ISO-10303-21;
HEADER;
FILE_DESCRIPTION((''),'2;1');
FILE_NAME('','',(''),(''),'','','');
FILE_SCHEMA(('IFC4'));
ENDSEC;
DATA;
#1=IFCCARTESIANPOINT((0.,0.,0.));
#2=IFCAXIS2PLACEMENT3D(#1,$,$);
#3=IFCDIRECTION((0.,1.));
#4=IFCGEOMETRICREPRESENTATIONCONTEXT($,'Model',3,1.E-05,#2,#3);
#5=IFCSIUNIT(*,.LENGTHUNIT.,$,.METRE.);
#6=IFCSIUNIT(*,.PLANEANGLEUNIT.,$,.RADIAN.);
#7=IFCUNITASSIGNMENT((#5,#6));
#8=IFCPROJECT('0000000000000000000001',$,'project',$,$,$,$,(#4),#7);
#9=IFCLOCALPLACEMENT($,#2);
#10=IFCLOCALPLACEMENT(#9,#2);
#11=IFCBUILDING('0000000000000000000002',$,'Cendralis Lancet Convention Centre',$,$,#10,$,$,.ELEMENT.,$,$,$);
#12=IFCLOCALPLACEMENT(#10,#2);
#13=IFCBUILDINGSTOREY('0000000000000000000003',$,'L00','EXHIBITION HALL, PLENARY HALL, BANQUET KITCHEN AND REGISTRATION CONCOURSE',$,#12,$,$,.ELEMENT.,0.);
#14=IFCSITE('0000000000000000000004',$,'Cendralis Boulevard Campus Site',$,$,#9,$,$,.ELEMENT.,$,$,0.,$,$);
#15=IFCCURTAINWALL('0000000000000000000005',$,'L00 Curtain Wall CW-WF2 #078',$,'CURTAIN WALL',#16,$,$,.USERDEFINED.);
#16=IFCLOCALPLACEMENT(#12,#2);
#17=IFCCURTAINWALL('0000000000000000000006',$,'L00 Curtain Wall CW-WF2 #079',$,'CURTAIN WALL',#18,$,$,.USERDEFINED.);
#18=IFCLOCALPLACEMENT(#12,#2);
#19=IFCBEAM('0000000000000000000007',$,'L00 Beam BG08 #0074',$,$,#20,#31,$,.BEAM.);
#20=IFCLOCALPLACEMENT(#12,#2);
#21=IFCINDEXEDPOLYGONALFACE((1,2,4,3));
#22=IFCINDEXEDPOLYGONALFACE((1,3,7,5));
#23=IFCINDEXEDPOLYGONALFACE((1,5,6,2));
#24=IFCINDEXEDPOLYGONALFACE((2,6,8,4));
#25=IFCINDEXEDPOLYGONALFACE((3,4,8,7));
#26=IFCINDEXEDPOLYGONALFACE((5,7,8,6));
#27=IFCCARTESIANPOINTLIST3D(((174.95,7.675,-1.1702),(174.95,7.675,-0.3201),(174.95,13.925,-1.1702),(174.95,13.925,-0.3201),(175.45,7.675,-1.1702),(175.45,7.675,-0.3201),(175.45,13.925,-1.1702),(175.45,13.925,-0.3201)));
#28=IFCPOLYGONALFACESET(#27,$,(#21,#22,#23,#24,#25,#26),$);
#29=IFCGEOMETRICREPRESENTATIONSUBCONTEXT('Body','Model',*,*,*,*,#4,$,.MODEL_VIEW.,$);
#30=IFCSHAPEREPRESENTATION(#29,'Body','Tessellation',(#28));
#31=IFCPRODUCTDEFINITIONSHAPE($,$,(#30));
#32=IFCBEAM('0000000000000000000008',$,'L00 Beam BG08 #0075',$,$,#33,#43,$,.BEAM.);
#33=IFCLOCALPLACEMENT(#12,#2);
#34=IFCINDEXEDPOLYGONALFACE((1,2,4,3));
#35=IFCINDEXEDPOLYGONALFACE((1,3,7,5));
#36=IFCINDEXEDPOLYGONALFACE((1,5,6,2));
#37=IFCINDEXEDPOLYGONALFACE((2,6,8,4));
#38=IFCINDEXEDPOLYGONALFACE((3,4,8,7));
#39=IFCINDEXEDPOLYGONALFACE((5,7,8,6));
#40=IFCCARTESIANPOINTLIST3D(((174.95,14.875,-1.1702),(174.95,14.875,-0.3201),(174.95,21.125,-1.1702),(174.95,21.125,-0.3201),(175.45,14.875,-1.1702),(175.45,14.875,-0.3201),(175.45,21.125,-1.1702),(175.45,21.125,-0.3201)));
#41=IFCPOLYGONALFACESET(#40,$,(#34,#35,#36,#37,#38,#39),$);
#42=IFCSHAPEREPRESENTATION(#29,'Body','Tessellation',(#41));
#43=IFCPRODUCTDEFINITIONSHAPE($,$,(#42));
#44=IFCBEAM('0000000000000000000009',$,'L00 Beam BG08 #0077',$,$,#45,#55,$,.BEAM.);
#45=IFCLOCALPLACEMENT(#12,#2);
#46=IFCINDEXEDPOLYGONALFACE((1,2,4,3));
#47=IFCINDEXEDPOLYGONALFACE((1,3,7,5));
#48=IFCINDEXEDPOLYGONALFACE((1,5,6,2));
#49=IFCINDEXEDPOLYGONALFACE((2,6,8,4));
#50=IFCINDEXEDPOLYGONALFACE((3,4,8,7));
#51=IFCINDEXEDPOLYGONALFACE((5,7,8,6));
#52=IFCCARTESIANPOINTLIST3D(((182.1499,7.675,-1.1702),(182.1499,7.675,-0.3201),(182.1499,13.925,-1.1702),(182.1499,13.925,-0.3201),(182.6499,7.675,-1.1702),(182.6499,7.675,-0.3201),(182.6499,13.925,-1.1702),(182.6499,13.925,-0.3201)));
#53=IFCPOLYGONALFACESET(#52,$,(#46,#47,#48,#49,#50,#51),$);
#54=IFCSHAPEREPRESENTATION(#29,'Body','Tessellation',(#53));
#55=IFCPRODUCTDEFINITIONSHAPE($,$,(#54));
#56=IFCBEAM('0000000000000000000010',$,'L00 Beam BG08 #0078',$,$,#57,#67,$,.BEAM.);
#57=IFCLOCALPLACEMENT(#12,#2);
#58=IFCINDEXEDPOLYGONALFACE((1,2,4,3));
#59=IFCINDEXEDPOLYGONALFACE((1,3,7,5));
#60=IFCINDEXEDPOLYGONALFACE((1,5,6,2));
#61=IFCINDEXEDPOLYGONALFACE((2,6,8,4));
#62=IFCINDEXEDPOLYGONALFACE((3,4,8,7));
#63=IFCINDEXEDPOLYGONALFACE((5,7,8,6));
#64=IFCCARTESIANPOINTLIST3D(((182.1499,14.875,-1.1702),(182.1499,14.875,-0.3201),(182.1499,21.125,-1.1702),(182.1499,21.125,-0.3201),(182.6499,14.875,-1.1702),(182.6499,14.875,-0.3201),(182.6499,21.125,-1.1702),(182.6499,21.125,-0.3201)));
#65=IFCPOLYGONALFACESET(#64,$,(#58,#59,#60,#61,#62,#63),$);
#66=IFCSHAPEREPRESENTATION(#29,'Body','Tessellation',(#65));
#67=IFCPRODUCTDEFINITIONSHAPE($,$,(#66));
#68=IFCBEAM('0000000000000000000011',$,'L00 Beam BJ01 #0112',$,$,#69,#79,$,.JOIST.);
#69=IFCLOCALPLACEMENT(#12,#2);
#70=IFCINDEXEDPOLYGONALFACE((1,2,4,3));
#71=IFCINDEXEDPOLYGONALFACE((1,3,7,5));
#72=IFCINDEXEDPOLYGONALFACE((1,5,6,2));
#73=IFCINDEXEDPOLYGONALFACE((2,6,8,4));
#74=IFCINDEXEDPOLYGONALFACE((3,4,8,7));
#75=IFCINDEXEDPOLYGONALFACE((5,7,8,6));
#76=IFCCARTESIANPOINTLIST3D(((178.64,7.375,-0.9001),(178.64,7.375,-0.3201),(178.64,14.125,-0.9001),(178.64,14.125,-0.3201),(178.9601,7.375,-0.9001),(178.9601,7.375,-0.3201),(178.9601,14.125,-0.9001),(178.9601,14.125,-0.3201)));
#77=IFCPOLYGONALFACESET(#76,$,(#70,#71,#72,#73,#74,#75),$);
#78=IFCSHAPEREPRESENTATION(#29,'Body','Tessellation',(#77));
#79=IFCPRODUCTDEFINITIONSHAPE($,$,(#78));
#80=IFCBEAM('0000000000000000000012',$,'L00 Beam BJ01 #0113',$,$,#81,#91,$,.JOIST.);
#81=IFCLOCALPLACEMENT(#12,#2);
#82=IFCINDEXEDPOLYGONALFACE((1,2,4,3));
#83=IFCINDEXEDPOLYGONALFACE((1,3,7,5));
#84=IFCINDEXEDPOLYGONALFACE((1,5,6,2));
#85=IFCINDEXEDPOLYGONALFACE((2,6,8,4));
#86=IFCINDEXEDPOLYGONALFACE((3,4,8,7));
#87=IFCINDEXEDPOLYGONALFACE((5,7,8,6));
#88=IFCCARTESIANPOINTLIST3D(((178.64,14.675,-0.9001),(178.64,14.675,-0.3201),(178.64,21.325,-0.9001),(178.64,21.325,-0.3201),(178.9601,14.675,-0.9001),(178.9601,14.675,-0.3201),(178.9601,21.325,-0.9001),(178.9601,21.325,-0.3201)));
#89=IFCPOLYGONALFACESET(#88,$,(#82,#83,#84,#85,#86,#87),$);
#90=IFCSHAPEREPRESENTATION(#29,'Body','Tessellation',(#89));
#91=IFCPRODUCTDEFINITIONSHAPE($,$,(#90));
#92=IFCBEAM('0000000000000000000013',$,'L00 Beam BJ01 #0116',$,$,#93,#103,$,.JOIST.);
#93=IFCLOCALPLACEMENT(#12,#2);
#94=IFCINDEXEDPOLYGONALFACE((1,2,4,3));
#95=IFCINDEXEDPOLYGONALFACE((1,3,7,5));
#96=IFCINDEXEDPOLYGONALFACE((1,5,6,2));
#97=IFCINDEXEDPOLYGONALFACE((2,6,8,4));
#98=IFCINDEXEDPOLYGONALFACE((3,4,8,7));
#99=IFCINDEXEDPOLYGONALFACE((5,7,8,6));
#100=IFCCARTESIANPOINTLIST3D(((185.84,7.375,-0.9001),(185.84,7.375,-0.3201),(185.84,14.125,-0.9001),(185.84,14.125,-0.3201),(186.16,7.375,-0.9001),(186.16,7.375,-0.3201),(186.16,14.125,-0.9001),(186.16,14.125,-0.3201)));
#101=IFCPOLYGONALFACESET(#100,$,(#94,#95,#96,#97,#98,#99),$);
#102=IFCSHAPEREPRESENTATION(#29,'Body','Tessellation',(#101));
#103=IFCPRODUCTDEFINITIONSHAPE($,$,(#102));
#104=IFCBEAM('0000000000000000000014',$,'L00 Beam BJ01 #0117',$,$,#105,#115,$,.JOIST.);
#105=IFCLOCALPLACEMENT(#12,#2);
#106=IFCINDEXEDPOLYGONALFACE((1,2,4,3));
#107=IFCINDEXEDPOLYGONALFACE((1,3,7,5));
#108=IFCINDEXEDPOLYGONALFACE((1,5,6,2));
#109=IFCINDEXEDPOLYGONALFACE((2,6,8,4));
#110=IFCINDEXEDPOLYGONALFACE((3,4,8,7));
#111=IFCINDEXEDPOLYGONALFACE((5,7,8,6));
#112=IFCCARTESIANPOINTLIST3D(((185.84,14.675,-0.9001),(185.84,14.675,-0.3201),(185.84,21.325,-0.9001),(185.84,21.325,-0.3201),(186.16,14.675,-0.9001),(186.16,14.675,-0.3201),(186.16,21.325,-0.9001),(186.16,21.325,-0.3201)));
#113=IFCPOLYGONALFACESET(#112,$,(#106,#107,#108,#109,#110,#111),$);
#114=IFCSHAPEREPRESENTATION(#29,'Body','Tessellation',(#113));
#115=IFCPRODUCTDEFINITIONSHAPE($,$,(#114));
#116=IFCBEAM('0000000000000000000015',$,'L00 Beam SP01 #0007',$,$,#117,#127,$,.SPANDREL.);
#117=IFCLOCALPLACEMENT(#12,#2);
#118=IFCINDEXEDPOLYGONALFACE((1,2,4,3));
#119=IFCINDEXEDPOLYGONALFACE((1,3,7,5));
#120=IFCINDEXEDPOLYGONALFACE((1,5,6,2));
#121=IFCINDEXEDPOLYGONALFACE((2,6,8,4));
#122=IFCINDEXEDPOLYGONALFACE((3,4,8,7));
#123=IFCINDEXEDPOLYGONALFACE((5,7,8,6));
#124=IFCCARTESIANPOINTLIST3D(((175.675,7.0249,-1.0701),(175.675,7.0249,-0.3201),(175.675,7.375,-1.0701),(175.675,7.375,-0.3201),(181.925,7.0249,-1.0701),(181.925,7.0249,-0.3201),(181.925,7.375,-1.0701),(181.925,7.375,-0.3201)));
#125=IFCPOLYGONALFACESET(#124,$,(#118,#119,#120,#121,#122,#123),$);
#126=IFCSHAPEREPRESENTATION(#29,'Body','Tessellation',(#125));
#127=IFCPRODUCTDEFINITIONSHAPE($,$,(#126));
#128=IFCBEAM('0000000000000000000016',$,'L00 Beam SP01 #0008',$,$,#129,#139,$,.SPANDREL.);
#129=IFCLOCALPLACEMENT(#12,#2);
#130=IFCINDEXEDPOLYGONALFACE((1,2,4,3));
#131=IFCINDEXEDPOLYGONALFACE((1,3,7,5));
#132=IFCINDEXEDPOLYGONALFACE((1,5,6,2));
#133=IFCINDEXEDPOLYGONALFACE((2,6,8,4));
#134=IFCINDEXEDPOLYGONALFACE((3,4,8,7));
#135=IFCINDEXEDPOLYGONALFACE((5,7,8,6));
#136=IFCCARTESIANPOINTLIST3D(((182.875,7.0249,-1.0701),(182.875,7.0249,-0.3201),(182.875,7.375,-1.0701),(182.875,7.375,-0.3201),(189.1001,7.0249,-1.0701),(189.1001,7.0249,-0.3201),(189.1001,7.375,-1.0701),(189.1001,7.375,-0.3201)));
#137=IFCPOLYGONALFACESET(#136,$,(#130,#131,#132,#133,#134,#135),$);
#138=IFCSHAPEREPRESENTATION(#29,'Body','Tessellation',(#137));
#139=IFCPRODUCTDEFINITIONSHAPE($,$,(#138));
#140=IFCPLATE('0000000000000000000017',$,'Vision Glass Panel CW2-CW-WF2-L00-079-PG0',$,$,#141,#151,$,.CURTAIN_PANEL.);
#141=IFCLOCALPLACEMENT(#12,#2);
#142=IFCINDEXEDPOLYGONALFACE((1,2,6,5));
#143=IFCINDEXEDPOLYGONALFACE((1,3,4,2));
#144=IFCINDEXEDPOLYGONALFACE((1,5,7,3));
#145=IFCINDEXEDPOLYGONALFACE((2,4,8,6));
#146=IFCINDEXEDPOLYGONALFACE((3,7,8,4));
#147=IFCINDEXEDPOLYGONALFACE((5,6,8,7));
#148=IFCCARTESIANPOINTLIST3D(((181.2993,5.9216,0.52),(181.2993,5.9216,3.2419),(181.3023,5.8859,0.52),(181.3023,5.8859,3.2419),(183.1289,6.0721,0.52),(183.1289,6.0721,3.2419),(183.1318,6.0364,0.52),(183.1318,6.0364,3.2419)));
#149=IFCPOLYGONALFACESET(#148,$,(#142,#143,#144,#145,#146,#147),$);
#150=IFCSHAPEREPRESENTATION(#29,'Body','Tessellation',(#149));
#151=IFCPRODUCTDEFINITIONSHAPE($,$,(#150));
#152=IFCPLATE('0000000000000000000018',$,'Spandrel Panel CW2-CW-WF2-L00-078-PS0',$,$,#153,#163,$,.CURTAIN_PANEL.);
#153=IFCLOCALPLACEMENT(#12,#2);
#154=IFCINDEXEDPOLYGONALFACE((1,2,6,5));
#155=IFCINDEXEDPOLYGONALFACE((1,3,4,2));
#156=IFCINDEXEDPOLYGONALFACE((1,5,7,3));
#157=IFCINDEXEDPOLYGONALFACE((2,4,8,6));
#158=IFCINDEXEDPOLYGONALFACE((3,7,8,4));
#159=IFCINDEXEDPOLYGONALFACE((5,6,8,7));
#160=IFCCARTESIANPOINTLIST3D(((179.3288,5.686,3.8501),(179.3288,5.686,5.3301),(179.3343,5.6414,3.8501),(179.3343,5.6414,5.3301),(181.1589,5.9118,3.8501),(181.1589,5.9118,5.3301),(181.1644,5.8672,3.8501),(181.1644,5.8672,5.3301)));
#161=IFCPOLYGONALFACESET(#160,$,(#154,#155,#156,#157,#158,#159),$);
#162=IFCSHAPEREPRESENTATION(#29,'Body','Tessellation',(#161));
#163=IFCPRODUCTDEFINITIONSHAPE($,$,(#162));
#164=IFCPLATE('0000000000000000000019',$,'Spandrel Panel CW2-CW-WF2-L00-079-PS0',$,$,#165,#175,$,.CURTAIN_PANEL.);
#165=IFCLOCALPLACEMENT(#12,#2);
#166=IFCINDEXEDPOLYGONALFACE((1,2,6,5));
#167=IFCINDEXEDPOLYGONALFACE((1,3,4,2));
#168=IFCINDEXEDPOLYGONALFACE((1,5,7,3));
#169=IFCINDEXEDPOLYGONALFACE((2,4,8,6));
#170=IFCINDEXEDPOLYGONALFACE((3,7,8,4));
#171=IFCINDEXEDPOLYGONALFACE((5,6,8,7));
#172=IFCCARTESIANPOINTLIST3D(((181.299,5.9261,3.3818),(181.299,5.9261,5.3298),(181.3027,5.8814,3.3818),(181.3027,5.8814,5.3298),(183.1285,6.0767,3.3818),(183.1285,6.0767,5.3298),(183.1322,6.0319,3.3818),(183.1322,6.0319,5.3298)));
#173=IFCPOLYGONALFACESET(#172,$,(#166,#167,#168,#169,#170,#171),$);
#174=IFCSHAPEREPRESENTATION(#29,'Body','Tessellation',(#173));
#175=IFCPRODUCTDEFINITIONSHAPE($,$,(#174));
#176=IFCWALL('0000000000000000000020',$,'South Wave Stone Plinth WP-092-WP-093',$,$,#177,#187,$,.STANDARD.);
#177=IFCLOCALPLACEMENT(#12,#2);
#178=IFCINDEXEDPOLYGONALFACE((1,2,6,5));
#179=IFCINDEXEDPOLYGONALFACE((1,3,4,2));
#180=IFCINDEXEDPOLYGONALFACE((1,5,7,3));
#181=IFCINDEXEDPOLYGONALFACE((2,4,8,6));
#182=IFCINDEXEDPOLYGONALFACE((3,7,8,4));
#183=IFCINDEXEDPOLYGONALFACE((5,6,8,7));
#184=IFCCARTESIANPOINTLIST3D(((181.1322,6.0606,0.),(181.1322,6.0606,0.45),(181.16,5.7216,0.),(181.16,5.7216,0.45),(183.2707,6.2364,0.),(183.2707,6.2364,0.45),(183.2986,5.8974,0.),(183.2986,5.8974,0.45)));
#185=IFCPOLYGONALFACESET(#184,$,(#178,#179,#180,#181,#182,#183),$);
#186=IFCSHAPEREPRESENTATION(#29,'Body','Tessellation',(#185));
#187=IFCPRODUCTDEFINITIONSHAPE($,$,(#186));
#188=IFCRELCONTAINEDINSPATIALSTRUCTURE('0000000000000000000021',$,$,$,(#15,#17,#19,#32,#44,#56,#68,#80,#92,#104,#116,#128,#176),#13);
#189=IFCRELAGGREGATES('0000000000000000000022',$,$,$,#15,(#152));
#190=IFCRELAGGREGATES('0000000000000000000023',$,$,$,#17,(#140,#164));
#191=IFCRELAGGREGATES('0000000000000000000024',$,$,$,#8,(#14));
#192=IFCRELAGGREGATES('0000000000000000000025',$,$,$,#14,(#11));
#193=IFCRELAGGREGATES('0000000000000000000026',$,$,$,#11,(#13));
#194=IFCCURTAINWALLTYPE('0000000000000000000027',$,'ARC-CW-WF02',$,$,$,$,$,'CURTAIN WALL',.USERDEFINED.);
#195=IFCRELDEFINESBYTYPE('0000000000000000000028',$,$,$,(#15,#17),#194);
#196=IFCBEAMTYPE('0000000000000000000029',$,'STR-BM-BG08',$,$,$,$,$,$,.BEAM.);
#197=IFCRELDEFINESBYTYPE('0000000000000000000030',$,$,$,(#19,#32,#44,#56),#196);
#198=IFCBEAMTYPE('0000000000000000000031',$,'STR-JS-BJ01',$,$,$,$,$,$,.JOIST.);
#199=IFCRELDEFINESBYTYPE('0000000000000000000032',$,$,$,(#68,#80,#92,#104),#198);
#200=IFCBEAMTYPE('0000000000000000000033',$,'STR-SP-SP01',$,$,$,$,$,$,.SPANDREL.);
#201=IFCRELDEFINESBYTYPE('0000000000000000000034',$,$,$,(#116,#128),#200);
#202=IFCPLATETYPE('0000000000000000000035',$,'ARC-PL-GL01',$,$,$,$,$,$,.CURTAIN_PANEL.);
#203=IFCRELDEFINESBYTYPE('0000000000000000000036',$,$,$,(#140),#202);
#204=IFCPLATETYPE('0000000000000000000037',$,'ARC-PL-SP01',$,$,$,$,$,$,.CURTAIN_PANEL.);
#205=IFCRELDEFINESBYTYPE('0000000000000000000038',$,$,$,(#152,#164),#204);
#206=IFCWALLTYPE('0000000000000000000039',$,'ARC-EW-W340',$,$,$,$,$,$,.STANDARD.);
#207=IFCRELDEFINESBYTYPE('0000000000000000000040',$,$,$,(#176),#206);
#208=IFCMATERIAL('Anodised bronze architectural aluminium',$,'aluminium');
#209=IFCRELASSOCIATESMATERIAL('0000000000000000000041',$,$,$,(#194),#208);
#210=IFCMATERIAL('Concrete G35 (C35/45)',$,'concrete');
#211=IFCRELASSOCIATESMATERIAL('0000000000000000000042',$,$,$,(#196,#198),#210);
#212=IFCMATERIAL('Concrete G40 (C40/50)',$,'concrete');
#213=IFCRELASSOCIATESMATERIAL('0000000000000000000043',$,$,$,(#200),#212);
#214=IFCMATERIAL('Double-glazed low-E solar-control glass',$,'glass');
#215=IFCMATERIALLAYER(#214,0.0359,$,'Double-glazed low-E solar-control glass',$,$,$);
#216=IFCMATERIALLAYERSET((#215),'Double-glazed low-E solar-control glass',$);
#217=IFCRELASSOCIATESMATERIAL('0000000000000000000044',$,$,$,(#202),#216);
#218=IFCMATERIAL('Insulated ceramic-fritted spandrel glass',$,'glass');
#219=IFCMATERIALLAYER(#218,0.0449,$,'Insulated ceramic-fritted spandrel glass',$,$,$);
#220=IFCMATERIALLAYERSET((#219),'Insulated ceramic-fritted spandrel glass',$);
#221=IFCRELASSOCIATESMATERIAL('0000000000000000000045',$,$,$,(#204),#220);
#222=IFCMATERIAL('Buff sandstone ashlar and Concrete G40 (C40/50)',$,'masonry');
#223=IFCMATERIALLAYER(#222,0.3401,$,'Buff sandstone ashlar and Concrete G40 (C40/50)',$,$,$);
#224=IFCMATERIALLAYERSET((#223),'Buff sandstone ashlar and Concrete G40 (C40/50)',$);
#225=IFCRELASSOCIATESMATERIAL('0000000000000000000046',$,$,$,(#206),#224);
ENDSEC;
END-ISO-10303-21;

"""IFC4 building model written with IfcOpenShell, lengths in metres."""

from ifc_helpers import new_model, si_unit, direction, frame, frame_2d, origin, origin_2d, place, context, subcontext, project, spatial, rectangle, extrude, material, layer, layer_set, material_profile, profile_set, type_object, element, aggregate, save


model = new_model("IFC4")

# Units and contexts
model_context = context("Model", 3, precision=1e-05, world=origin(), true_north=direction((0.0, 1.0)))
body_context = subcontext(model_context, "Body", "Model", "MODEL_VIEW")
ifc_project = project(units=[si_unit("LENGTHUNIT", "METRE"), si_unit("PLANEANGLEUNIT", "RADIAN")], contexts=[model_context])

# Site, building, storey
site_placement = place(None, origin())
site = spatial("IfcSite", under=ifc_project, at=site_placement, Name="Cendralis Boulevard Campus Site", CompositionType="ELEMENT", RefElevation=0.0)
building_placement = place(site_placement, origin())
building = spatial("IfcBuilding", under=site, at=building_placement, Name="Cendralis Lancet Convention Centre", CompositionType="ELEMENT")
storey_placement = place(building_placement, origin())
storey = spatial("IfcBuildingStorey", under=building, at=storey_placement, Name="L00", Description="EXHIBITION HALL, PLENARY HALL, BANQUET KITCHEN AND REGISTRATION CONCOURSE", CompositionType="ELEMENT", Elevation=0.0)

# Shared definitions
ifc_material_1 = material(Name="Concrete G40 (C40/50)", Category="concrete")

# Curtain wall
ifc_material_2 = material(Name="Anodised bronze architectural aluminium", Category="aluminium")
curtain_wall_type = type_object("IfcCurtainWallType", Name="ARC-CW-WF02", ElementType="CURTAIN WALL", PredefinedType="USERDEFINED", material=ifc_material_2)
curtain_wall_1_placement = place(storey_placement, origin())
curtain_wall_1 = element("IfcCurtainWall", 1, at=curtain_wall_1_placement, inside=storey, type_object=curtain_wall_type, Name="L00 Curtain Wall CW-WF2 #078", ObjectType="CURTAIN WALL", PredefinedType="USERDEFINED")

# Curtain wall
curtain_wall_2_placement = place(storey_placement, origin())
curtain_wall_2 = element("IfcCurtainWall", 2, at=curtain_wall_2_placement, inside=storey, type_object=curtain_wall_type, Name="L00 Curtain Wall CW-WF2 #079", ObjectType="CURTAIN WALL", PredefinedType="USERDEFINED")

# Beams
ifc_material_3 = material(Name="Concrete G35 (C35/45)", Category="concrete")
ifc_material_profile_1 = material_profile(ifc_material_3, rectangle(XDim=0.5, YDim=0.8501, at=origin_2d()), Name="RCB 500x850")
ifc_profile_set_1 = profile_set([ifc_material_profile_1], Name="Concrete G35 (C35/45)")
beam_type_1 = type_object("IfcBeamType", Name="STR-BM-BG08", PredefinedType="BEAM", material=ifc_profile_set_1)
for number, where, z_axis, x_axis, name in (
    (3, (175.2, 7.675, -0.7451), (0.0, 1.0, 0.0), (-1.0, 0.0, 0.0), "L00 Beam BG08 #0074"),
    (4, (175.2, 14.875, -0.7451), (0.0, 1.0, 0.0), (-1.0, 0.0, 0.0), "L00 Beam BG08 #0075"),
    (5, (182.3999, 7.675, -0.7451), (0.0, 1.0, 0.0), (-1.0, 0.0, 0.0), "L00 Beam BG08 #0077"),
    (6, (182.3999, 14.875, -0.7451), (0.0, 1.0, 0.0), (-1.0, 0.0, 0.0), "L00 Beam BG08 #0078"),
):
    element("IfcBeam", number, at=place(storey_placement, frame(where, z_axis=z_axis, x_axis=x_axis)), inside=storey, type_object=beam_type_1, Name=name, PredefinedType="BEAM", context=body_context, shape_type="SweptSolid", body=[
        extrude(rectangle(XDim=0.5, YDim=0.8501, at=origin_2d()), origin(), (0.0, 0.0, 1.0), 6.25),
    ])
ifc_material_profile_2 = material_profile(ifc_material_3, rectangle(XDim=0.3201, YDim=0.5801, at=origin_2d()), Name="RCB 320x580")
ifc_profile_set_2 = profile_set([ifc_material_profile_2], Name="Concrete G35 (C35/45)")
beam_type_2 = type_object("IfcBeamType", Name="STR-JS-BJ01", PredefinedType="JOIST", material=ifc_profile_set_2)
beam_1_placement = place(storey_placement, frame((178.8, 7.375, -0.6101), z_axis=(0.0, 1.0, 0.0), x_axis=(-1.0, 0.0, 0.0)))
element("IfcBeam", 7, at=beam_1_placement, inside=storey, type_object=beam_type_2, Name="L00 Beam BJ01 #0112", PredefinedType="JOIST", context=body_context, shape_type="SweptSolid", body=[
    extrude(rectangle(XDim=0.3201, YDim=0.5801, at=origin_2d()), origin(), (0.0, 0.0, 1.0), 6.75),
])
beam_2_placement = place(storey_placement, frame((178.8, 14.675, -0.6101), z_axis=(0.0, 1.0, 0.0), x_axis=(-1.0, 0.0, 0.0)))
element("IfcBeam", 8, at=beam_2_placement, inside=storey, type_object=beam_type_2, Name="L00 Beam BJ01 #0113", PredefinedType="JOIST", context=body_context, shape_type="SweptSolid", body=[
    extrude(rectangle(XDim=0.3201, YDim=0.5801, at=origin_2d()), origin(), (0.0, 0.0, 1.0), 6.6499),
])
beam_3_placement = place(storey_placement, frame((186.0, 7.375, -0.6101), z_axis=(0.0, 1.0, 0.0), x_axis=(-1.0, 0.0, 0.0)))
element("IfcBeam", 9, at=beam_3_placement, inside=storey, type_object=beam_type_2, Name="L00 Beam BJ01 #0116", PredefinedType="JOIST", context=body_context, shape_type="SweptSolid", body=[
    extrude(rectangle(XDim=0.3201, YDim=0.5801, at=origin_2d()), origin(), (0.0, 0.0, 1.0), 6.75),
])
beam_4_placement = place(storey_placement, frame((186.0, 14.675, -0.6101), z_axis=(0.0, 1.0, 0.0), x_axis=(-1.0, 0.0, 0.0)))
element("IfcBeam", 10, at=beam_4_placement, inside=storey, type_object=beam_type_2, Name="L00 Beam BJ01 #0117", PredefinedType="JOIST", context=body_context, shape_type="SweptSolid", body=[
    extrude(rectangle(XDim=0.3201, YDim=0.5801, at=origin_2d()), origin(), (0.0, 0.0, 1.0), 6.6499),
])
ifc_material_profile_3 = material_profile(ifc_material_1, rectangle(XDim=0.3501, YDim=0.75, at=origin_2d()), Name="RCB 350x750")
ifc_profile_set_3 = profile_set([ifc_material_profile_3], Name="Concrete G40 (C40/50)")
beam_type_3 = type_object("IfcBeamType", Name="STR-SP-SP01", PredefinedType="SPANDREL", material=ifc_profile_set_3)
beam_5_placement = place(storey_placement, frame((175.675, 7.2, -0.6951), z_axis=(1.0, 0.0, 0.0), x_axis=(0.0, 1.0, 0.0)))
element("IfcBeam", 11, at=beam_5_placement, inside=storey, type_object=beam_type_3, Name="L00 Beam SP01 #0007", PredefinedType="SPANDREL", context=body_context, shape_type="SweptSolid", body=[
    extrude(rectangle(XDim=0.3501, YDim=0.75, at=origin_2d()), origin(), (0.0, 0.0, 1.0), 6.25),
])
beam_6_placement = place(storey_placement, frame((182.875, 7.2, -0.6951), z_axis=(1.0, 0.0, 0.0), x_axis=(0.0, 1.0, 0.0)))
element("IfcBeam", 12, at=beam_6_placement, inside=storey, type_object=beam_type_3, Name="L00 Beam SP01 #0008", PredefinedType="SPANDREL", context=body_context, shape_type="SweptSolid", body=[
    extrude(rectangle(XDim=0.3501, YDim=0.75, at=origin_2d()), origin(), (0.0, 0.0, 1.0), 6.2251),
])

# Plates
ifc_material_4 = material(Name="Double-glazed low-E solar-control glass", Category="glass")
ifc_layer_1 = layer(ifc_material_4, 0.0359, Name="Double-glazed low-E solar-control glass")
ifc_layer_set_1 = layer_set([ifc_layer_1], Name="Double-glazed low-E solar-control glass")
plate_type_1 = type_object("IfcPlateType", Name="ARC-PL-GL01", PredefinedType="CURTAIN_PANEL", material=ifc_layer_set_1)
plate_1_placement = place(storey_placement, frame((182.2156, 5.979, 0.52), z_axis=(0.0, 0.0, 1.0), x_axis=(0.996632, 0.081998, 0.0)))
plate_1 = element("IfcPlate", 13, at=plate_1_placement, type_object=plate_type_1, Name="Vision Glass Panel CW2-CW-WF2-L00-079-PG0", PredefinedType="CURTAIN_PANEL", context=body_context, shape_type="SweptSolid", body=[
    extrude(rectangle(XDim=1.8357, YDim=0.0359, at=origin_2d()), origin(), (0.0, 0.0, 1.0), 2.7219),
])
ifc_material_5 = material(Name="Insulated ceramic-fritted spandrel glass", Category="glass")
ifc_layer_2 = layer(ifc_material_5, 0.0449, Name="Insulated ceramic-fritted spandrel glass")
ifc_layer_set_2 = layer_set([ifc_layer_2], Name="Insulated ceramic-fritted spandrel glass")
plate_type_2 = type_object("IfcPlateType", Name="ARC-PL-SP01", PredefinedType="CURTAIN_PANEL", material=ifc_layer_set_2)
plate_2_placement = place(storey_placement, frame((180.2466, 5.7766, 3.8501), z_axis=(0.0, 0.0, 1.0), x_axis=(0.992471, 0.122484, 0.0)))
plate_2 = element("IfcPlate", 14, at=plate_2_placement, type_object=plate_type_2, Name="Spandrel Panel CW2-CW-WF2-L00-078-PS0", PredefinedType="CURTAIN_PANEL", context=body_context, shape_type="SweptSolid", body=[
    extrude(rectangle(XDim=1.844, YDim=0.0449, at=origin_2d()), origin(), (0.0, 0.0, 1.0), 1.48),
])
aggregate(curtain_wall_1, [plate_2])
plate_3_placement = place(storey_placement, frame((182.2156, 5.979, 3.3818), z_axis=(0.0, 0.0, 1.0), x_axis=(0.996632, 0.081998, 0.0)))
plate_3 = element("IfcPlate", 15, at=plate_3_placement, type_object=plate_type_2, Name="Spandrel Panel CW2-CW-WF2-L00-079-PS0", PredefinedType="CURTAIN_PANEL", context=body_context, shape_type="SweptSolid", body=[
    extrude(rectangle(XDim=1.8357, YDim=0.0449, at=origin_2d()), origin(), (0.0, 0.0, 1.0), 1.948),
])
aggregate(curtain_wall_2, [plate_1, plate_3])

# Wall
ifc_material_6 = material(Name="Buff sandstone ashlar and Concrete G40 (C40/50)", Category="masonry")
ifc_layer_3 = layer(ifc_material_6, 0.3401, Name="Buff sandstone ashlar and Concrete G40 (C40/50)")
ifc_layer_set_3 = layer_set([ifc_layer_3], Name="Buff sandstone ashlar and Concrete G40 (C40/50)")
wall_type_1 = type_object("IfcWallType", Name="ARC-EW-W340", PredefinedType="STANDARD", material=ifc_layer_set_3)
wall_1_placement = place(storey_placement, frame((181.1462, 5.8911, 0.0), z_axis=(0.0, 0.0, 1.0), x_axis=(0.996639, 0.081925, 0.0)))
element("IfcWall", 16, at=wall_1_placement, inside=storey, type_object=wall_type_1, Name="South Wave Stone Plinth WP-092-WP-093", PredefinedType="STANDARD", context=body_context, shape_type="SweptSolid", body=[
    extrude(rectangle(XDim=2.1458, YDim=0.3401, at=frame_2d((1.0728, 0.0))), origin(), (0.0, 0.0, 1.0), 0.45),
])

save(model, "model.ifc")
